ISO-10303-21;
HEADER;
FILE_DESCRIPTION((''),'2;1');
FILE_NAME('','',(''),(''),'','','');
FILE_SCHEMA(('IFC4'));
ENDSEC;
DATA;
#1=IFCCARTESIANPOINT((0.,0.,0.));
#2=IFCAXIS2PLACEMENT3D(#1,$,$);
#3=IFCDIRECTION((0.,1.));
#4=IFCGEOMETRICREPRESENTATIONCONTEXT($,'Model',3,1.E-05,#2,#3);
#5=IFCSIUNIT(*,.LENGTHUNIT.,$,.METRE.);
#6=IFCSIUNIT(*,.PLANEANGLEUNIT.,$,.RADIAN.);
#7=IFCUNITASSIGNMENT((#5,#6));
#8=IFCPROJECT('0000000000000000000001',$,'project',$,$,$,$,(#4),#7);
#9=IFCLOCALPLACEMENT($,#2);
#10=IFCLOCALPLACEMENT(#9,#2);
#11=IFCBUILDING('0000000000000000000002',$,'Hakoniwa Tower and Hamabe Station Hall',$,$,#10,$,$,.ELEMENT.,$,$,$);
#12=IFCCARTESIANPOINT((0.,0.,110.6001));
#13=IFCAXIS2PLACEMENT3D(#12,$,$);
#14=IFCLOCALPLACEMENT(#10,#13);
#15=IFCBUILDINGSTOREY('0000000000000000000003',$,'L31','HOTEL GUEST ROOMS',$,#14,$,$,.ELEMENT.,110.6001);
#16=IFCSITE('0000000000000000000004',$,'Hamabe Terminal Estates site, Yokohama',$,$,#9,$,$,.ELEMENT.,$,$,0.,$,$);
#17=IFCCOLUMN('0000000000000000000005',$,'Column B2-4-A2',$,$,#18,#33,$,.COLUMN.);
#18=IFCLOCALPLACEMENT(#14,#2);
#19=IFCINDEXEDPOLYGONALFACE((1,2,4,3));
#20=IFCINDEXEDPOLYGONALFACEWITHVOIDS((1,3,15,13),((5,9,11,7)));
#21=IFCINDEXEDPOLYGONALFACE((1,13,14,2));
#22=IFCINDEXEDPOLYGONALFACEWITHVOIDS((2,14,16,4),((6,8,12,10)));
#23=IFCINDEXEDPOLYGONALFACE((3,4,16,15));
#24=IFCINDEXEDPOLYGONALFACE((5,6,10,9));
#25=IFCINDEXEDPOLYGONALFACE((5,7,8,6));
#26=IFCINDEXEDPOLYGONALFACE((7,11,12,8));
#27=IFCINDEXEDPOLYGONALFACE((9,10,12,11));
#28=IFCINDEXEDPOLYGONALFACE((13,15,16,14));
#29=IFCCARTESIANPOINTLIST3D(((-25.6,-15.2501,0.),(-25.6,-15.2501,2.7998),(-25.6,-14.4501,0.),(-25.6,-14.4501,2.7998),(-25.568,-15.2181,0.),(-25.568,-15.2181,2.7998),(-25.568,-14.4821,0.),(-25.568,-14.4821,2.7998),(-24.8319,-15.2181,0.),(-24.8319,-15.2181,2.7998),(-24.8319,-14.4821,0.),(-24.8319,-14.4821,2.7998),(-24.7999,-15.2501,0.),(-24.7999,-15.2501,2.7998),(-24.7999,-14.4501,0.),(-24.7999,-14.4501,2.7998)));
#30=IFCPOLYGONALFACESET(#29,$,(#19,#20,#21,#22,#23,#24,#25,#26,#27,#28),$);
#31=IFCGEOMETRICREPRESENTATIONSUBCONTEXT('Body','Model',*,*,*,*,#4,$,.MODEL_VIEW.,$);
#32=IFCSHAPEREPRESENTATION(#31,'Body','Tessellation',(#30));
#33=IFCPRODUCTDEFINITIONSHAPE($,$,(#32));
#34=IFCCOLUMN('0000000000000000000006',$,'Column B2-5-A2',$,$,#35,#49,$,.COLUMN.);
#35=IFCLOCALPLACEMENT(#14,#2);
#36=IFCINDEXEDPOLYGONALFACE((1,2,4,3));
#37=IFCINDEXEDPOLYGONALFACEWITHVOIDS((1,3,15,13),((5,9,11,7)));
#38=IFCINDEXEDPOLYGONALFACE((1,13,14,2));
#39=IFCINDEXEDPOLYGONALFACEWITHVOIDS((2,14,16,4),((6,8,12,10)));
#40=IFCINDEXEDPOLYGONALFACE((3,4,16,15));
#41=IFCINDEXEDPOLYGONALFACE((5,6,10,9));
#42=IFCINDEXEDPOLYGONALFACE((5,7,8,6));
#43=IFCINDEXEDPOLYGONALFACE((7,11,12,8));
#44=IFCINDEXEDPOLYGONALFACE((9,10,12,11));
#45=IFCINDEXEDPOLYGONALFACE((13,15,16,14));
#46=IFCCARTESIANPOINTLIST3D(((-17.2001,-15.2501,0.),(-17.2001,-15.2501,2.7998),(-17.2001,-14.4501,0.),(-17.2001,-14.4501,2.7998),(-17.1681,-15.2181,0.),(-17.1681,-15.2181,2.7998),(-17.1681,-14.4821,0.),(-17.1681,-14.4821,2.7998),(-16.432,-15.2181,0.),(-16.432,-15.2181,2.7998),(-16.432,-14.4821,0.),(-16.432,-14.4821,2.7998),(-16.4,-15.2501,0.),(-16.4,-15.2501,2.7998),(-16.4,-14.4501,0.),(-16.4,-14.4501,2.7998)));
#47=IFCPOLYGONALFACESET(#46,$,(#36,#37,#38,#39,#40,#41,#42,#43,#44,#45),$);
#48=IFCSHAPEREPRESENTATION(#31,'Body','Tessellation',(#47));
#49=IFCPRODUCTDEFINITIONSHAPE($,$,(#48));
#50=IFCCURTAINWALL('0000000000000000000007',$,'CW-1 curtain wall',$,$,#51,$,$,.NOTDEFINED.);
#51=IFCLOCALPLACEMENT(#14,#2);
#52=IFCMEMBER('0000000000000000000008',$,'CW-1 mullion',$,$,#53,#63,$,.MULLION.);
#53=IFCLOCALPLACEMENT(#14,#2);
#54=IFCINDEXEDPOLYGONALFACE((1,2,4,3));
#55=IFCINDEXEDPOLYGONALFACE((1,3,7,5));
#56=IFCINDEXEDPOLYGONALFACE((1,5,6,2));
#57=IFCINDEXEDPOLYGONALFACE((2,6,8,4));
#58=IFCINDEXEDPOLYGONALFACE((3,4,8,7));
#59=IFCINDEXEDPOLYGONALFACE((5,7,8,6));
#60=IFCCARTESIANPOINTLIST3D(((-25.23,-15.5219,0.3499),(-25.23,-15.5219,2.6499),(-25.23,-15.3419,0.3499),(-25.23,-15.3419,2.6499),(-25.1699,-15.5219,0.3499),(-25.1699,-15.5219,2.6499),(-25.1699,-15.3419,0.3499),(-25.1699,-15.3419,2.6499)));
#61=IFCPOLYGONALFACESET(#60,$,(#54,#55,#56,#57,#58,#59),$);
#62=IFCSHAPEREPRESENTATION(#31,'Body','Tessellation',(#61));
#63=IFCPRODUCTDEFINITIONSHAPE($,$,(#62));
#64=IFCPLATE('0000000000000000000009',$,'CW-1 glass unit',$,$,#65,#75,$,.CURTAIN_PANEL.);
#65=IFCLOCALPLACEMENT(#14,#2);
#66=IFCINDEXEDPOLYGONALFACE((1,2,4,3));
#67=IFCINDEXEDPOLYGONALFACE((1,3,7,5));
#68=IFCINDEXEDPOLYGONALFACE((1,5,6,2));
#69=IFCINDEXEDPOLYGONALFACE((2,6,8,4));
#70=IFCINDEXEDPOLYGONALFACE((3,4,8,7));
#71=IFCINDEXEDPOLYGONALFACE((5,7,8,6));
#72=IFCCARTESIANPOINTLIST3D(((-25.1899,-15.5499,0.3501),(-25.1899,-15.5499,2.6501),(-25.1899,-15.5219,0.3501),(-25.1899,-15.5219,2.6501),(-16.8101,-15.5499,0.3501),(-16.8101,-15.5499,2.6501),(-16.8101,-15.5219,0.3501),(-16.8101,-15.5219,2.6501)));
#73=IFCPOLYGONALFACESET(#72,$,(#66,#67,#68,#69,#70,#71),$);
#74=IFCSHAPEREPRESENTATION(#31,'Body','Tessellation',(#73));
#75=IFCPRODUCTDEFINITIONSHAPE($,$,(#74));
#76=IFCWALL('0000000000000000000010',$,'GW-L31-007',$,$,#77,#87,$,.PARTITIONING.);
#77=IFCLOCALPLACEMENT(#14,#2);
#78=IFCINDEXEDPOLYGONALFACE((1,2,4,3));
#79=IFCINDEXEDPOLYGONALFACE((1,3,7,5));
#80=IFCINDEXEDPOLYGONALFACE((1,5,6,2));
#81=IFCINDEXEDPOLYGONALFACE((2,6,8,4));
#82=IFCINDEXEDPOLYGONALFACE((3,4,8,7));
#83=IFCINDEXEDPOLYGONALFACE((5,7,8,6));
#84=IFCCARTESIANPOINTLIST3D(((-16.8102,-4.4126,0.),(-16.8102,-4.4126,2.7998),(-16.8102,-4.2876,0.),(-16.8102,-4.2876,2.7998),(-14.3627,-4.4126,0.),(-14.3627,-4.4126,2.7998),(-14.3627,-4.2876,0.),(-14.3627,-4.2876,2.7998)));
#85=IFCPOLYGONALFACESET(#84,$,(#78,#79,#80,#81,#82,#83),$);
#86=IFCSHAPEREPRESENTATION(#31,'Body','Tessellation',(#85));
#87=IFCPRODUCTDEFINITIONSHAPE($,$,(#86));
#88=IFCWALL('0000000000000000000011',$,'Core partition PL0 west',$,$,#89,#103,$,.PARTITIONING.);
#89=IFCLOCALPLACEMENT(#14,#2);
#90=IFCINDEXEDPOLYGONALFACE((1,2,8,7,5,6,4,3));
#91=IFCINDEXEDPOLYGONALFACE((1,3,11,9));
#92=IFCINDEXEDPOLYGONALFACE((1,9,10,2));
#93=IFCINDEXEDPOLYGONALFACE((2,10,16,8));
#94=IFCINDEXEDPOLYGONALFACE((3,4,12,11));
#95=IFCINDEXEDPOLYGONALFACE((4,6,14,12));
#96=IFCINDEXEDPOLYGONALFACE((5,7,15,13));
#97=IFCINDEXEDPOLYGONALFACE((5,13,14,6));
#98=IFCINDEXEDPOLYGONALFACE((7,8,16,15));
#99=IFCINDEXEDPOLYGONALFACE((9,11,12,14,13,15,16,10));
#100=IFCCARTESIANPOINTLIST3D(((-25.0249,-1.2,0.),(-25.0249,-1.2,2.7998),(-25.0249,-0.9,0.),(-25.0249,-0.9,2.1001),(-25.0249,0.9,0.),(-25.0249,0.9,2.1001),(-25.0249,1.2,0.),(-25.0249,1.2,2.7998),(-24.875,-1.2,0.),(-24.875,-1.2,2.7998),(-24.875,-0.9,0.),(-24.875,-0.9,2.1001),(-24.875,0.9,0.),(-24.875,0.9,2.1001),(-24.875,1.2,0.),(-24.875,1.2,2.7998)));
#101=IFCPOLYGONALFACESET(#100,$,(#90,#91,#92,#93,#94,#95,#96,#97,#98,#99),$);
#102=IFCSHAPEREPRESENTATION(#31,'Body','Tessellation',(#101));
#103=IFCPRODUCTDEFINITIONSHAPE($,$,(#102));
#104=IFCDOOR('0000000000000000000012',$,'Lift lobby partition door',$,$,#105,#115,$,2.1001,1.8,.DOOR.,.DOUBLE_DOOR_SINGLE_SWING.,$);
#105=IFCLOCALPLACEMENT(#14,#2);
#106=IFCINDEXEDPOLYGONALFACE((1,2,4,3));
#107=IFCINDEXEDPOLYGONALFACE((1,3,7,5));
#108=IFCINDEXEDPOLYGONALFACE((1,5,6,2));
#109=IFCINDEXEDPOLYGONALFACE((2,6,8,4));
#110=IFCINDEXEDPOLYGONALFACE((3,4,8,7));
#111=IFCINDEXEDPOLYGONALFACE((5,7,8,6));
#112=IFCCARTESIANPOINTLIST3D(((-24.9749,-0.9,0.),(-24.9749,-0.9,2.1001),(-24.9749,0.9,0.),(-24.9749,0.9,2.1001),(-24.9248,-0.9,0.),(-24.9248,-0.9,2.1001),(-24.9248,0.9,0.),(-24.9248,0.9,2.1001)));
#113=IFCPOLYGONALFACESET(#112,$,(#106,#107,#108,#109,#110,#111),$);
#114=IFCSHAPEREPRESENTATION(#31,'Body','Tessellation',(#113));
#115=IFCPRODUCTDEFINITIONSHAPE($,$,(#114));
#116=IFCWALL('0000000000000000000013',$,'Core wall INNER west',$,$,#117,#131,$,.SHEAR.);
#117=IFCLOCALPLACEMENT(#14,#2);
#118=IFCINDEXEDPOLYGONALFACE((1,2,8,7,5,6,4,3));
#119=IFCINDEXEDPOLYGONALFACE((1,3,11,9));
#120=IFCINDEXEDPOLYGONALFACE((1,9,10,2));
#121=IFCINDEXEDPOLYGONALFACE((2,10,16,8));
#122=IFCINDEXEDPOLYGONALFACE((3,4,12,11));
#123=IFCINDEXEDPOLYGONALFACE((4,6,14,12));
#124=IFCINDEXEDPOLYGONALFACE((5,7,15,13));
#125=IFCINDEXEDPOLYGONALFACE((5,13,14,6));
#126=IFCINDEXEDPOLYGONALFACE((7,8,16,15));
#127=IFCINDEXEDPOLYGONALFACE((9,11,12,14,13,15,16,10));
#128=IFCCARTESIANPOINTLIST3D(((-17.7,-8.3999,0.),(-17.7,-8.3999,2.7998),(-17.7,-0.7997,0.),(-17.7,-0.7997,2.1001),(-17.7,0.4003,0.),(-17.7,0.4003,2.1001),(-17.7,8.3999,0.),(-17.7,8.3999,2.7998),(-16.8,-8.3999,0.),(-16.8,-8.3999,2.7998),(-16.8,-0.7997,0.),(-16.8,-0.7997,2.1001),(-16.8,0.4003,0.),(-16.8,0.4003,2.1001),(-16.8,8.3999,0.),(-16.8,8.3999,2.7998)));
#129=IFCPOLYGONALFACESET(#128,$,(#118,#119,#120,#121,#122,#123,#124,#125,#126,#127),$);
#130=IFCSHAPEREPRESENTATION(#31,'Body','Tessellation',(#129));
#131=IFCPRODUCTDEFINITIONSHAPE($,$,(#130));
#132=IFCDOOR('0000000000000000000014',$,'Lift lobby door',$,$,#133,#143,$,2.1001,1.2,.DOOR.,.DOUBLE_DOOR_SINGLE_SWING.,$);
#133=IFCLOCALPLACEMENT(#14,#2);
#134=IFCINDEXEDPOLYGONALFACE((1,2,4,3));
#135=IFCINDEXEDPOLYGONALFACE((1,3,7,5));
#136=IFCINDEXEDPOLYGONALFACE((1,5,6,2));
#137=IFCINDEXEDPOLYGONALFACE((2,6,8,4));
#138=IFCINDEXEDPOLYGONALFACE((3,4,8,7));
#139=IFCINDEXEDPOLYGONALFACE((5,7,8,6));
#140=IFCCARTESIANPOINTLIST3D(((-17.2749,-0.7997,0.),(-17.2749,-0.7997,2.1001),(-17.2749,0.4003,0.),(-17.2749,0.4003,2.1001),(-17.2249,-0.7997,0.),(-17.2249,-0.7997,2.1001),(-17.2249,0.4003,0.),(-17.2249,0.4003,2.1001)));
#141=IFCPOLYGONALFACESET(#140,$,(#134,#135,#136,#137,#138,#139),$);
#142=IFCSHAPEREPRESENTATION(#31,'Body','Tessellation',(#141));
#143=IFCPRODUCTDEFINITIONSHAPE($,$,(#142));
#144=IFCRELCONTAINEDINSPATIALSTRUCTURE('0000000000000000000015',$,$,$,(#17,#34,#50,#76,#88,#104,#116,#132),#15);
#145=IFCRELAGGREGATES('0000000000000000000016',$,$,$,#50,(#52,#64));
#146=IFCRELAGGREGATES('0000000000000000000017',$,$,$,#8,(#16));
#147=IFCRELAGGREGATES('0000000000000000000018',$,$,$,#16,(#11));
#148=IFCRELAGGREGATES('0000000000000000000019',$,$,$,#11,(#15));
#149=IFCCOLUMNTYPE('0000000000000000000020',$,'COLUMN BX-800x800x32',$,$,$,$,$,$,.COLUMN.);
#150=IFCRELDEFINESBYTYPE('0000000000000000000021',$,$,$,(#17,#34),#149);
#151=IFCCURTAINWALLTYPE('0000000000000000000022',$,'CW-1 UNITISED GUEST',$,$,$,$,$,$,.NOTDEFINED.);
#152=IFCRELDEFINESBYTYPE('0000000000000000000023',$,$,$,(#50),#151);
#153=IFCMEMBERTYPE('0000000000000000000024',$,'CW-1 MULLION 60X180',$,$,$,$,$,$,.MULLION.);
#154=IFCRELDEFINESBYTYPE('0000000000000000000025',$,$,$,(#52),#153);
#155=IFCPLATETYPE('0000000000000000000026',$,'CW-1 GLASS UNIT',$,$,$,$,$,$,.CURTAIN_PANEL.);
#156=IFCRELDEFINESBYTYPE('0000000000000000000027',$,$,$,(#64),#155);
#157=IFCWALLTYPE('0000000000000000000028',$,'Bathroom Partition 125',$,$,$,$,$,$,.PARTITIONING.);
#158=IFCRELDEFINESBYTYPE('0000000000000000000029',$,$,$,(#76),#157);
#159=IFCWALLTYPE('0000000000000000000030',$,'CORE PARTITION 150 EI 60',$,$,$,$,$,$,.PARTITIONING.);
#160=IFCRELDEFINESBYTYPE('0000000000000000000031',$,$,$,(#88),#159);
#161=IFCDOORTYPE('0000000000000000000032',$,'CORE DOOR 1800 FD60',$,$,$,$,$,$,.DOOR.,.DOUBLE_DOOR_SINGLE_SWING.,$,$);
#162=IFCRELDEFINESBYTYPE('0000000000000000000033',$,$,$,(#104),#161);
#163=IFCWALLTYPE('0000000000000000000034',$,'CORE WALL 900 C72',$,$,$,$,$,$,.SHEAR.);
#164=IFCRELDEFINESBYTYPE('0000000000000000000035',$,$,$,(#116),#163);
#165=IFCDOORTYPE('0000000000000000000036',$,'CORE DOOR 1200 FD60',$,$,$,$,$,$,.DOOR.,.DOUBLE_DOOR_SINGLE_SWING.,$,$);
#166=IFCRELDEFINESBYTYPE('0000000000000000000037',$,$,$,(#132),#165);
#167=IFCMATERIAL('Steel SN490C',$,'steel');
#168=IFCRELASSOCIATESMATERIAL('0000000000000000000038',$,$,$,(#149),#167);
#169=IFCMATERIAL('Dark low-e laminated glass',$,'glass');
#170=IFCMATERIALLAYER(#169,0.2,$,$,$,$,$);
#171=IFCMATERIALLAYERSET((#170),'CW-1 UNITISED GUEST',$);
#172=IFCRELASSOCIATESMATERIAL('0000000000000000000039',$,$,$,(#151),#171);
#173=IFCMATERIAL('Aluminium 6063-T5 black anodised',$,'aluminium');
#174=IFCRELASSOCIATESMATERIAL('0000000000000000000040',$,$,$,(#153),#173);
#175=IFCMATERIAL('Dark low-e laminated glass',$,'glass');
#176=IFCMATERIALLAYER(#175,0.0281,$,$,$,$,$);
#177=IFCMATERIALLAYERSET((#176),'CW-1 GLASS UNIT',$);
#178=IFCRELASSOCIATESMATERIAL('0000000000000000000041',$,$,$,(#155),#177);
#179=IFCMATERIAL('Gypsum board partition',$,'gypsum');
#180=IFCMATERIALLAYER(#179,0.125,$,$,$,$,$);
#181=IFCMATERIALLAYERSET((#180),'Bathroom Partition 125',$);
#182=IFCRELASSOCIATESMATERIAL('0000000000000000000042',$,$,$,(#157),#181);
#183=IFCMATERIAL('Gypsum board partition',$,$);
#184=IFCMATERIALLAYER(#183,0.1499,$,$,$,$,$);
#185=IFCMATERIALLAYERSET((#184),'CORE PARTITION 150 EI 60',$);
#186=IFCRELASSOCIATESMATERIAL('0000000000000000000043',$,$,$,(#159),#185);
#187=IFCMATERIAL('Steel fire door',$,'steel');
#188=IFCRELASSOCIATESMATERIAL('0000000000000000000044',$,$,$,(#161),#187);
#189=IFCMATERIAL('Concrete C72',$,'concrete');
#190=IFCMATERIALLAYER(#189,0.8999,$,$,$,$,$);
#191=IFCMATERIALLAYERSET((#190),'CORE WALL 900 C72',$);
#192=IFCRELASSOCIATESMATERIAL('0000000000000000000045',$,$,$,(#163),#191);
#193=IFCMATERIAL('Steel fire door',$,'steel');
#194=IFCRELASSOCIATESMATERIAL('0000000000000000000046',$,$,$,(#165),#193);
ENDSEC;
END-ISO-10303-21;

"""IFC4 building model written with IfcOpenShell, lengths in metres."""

from ifc_helpers import new_model, si_unit, direction, frame, frame_2d, origin, origin_2d, place, context, subcontext, project, spatial, rectangle, hollow_rectangle, extrude, material, layer, layer_set, material_profile, profile_set, type_object, element, fill, aggregate, save


model = new_model("IFC4")

# Units and contexts
model_context = context("Model", 3, precision=1e-05, world=origin(), true_north=direction((0.0, 1.0)))
body_context = subcontext(model_context, "Body", "Model", "MODEL_VIEW")
ifc_project = project(units=[si_unit("LENGTHUNIT", "METRE"), si_unit("PLANEANGLEUNIT", "RADIAN")], contexts=[model_context])

# Site, building, storey
site_placement = place(None, origin())
site = spatial("IfcSite", under=ifc_project, at=site_placement, Name="Hamabe Terminal Estates site, Yokohama", CompositionType="ELEMENT", RefElevation=0.0)
building_placement = place(site_placement, origin())
building = spatial("IfcBuilding", under=site, at=building_placement, Name="Hakoniwa Tower and Hamabe Station Hall", CompositionType="ELEMENT")
storey_placement = place(building_placement, frame((0.0, 0.0, 110.6001)))
storey = spatial("IfcBuildingStorey", under=building, at=storey_placement, Name="L31", Description="HOTEL GUEST ROOMS", CompositionType="ELEMENT", Elevation=110.6001)

# Columns
ifc_material_1 = material(Name="Steel SN490C", Category="steel")
ifc_material_profile_1 = material_profile(ifc_material_1, hollow_rectangle(XDim=0.8, YDim=0.8, WallThickness=0.032, at=origin_2d()), Name="BX-800x800x32")
ifc_profile_set_1 = profile_set([ifc_material_profile_1], Name="Steel SN490C")
column_type = type_object("IfcColumnType", Name="COLUMN BX-800x800x32", PredefinedType="COLUMN", material=ifc_profile_set_1)
for number, where, z_axis, x_axis, name in (
    (1, (-25.2, -14.8501, 0.0), (0.0, 0.0, 1.0), (1.0, 0.0, 0.0), "Column B2-4-A2"),
    (2, (-16.8, -14.8501, 0.0), (0.0, 0.0, 1.0), (1.0, 0.0, 0.0), "Column B2-5-A2"),
):
    element("IfcColumn", number, at=place(storey_placement, frame(where, z_axis=z_axis, x_axis=x_axis)), inside=storey, type_object=column_type, Name=name, PredefinedType="COLUMN", context=body_context, shape_type="SweptSolid", body=[
        extrude(hollow_rectangle(XDim=0.8, YDim=0.8, WallThickness=0.032, at=origin_2d()), origin(), (0.0, 0.0, 1.0), 2.7998),
    ])

# Curtain wall, member, plate
ifc_material_2 = material(Name="Dark low-e laminated glass", Category="glass")
ifc_layer_1 = layer(ifc_material_2, 0.2)
ifc_layer_set_1 = layer_set([ifc_layer_1], Name="CW-1 UNITISED GUEST")
curtain_wall_type = type_object("IfcCurtainWallType", Name="CW-1 UNITISED GUEST", PredefinedType="NOTDEFINED", material=ifc_layer_set_1)
curtain_wall_placement = place(storey_placement, origin())
curtain_wall = element("IfcCurtainWall", 3, at=curtain_wall_placement, inside=storey, type_object=curtain_wall_type, Name="CW-1 curtain wall", PredefinedType="NOTDEFINED")
ifc_material_3 = material(Name="Aluminium 6063-T5 black anodised", Category="aluminium")
ifc_material_profile_2 = material_profile(ifc_material_3, rectangle(XDim=0.0601, YDim=0.1799, at=origin_2d()), Name="CW-1 MULLION 60X180")
ifc_profile_set_2 = profile_set([ifc_material_profile_2], Name="Aluminium 6063-T5 black anodised")
member_type = type_object("IfcMemberType", Name="CW-1 MULLION 60X180", PredefinedType="MULLION", material=ifc_profile_set_2)
member_placement = place(storey_placement, frame((-25.2, -15.4319, 0.3499), z_axis=(0.0, 0.0, 1.0), x_axis=(1.0, 0.0, 0.0)))
member = element("IfcMember", 4, at=member_placement, type_object=member_type, Name="CW-1 mullion", PredefinedType="MULLION", context=body_context, shape_type="SweptSolid", body=[
    extrude(rectangle(XDim=0.0601, YDim=0.1799, at=origin_2d()), origin(), (0.0, 0.0, 1.0), 2.3),
])
ifc_material_4 = material(Name="Dark low-e laminated glass", Category="glass")
ifc_layer_2 = layer(ifc_material_4, 0.0281)
ifc_layer_set_2 = layer_set([ifc_layer_2], Name="CW-1 GLASS UNIT")
plate_type = type_object("IfcPlateType", Name="CW-1 GLASS UNIT", PredefinedType="CURTAIN_PANEL", material=ifc_layer_set_2)
plate_placement = place(storey_placement, frame((-21.0, -15.5359, 0.3501), z_axis=(0.0, 0.0, 1.0), x_axis=(1.0, 0.0, 0.0)))
plate = element("IfcPlate", 5, at=plate_placement, type_object=plate_type, Name="CW-1 glass unit", PredefinedType="CURTAIN_PANEL", context=body_context, shape_type="SweptSolid", body=[
    extrude(rectangle(XDim=8.3799, YDim=0.0281, at=origin_2d()), origin(), (0.0, 0.0, 1.0), 2.3),
])
aggregate(curtain_wall, [member, plate])

# Wall
ifc_material_5 = material(Name="Gypsum board partition", Category="gypsum")
ifc_layer_3 = layer(ifc_material_5, 0.125)
ifc_layer_set_3 = layer_set([ifc_layer_3], Name="Bathroom Partition 125")
wall_type_1 = type_object("IfcWallType", Name="Bathroom Partition 125", PredefinedType="PARTITIONING", material=ifc_layer_set_3)
wall_1_placement = place(storey_placement, frame((-16.8101, -4.3501, 0.0), z_axis=(0.0, 0.0, 1.0), x_axis=(1.0, 0.0, 0.0)))
element("IfcWall", 6, at=wall_1_placement, inside=storey, type_object=wall_type_1, Name="GW-L31-007", PredefinedType="PARTITIONING", context=body_context, shape_type="SweptSolid", body=[
    extrude(rectangle(XDim=2.4475, YDim=0.125, at=frame_2d((1.2236, 0.0))), origin(), (0.0, 0.0, 1.0), 2.7998),
])

# Walls, openings, doors
ifc_material_6 = material(Name="Gypsum board partition")
ifc_layer_4 = layer(ifc_material_6, 0.1499)
ifc_layer_set_4 = layer_set([ifc_layer_4], Name="CORE PARTITION 150 EI 60")
wall_type_2 = type_object("IfcWallType", Name="CORE PARTITION 150 EI 60", PredefinedType="PARTITIONING", material=ifc_layer_set_4)
wall_2_placement = place(storey_placement, frame((-24.95, -1.2, 0.0), z_axis=(0.0, 0.0, 1.0), x_axis=(0.0, 1.0, 0.0)))
wall_2 = element("IfcWall", 7, at=wall_2_placement, inside=storey, type_object=wall_type_2, Name="Core partition PL0 west", PredefinedType="PARTITIONING", context=body_context, shape_type="SweptSolid", body=[
    extrude(rectangle(XDim=2.3999, YDim=0.1499, at=frame_2d((1.2, 0.0))), origin(), (0.0, 0.0, 1.0), 2.7998),
])
opening_1_placement = place(wall_2_placement, frame((0.3, 0.0, 0.0)))
opening_1 = element("IfcOpeningElement", 8, at=opening_1_placement, cuts=wall_2, PredefinedType="OPENING", context=body_context, shape_type="SweptSolid", body=[
    extrude(rectangle(XDim=1.8, YDim=2.1001, at=frame_2d((0.8999, 1.05))), frame((0.0, 0.085, 0.0), z_axis=(0.0, -1.0, 0.0), x_axis=(1.0, 0.0, 0.0)), (0.0, 0.0, 1.0), 0.1699),
])
ifc_material_7 = material(Name="Steel fire door", Category="steel")
door_type_1 = type_object("IfcDoorType", Name="CORE DOOR 1800 FD60", OperationType="DOUBLE_DOOR_SINGLE_SWING", PredefinedType="DOOR", material=ifc_material_7)
door_1_placement = place(opening_1_placement, origin())
door_1 = element("IfcDoor", 9, at=door_1_placement, inside=storey, type_object=door_type_1, Name="Lift lobby partition door", OperationType="DOUBLE_DOOR_SINGLE_SWING", OverallHeight=2.1001, OverallWidth=1.8, PredefinedType="DOOR", context=body_context, shape_type="SweptSolid", body=[
    extrude(rectangle(XDim=1.8, YDim=2.1001, at=frame_2d((0.8999, 1.05))), frame((0.0, 0.0249, 0.0), z_axis=(0.0, -1.0, 0.0), x_axis=(1.0, 0.0, 0.0)), (0.0, 0.0, 1.0), 0.05),
])
fill(opening_1, door_1)
ifc_material_8 = material(Name="Concrete C72", Category="concrete")
ifc_layer_5 = layer(ifc_material_8, 0.8999)
ifc_layer_set_5 = layer_set([ifc_layer_5], Name="CORE WALL 900 C72")
wall_type_3 = type_object("IfcWallType", Name="CORE WALL 900 C72", PredefinedType="SHEAR", material=ifc_layer_set_5)
wall_3_placement = place(storey_placement, frame((-17.25, -8.3999, 0.0), z_axis=(0.0, 0.0, 1.0), x_axis=(0.0, 1.0, 0.0)))
wall_3 = element("IfcWall", 10, at=wall_3_placement, inside=storey, type_object=wall_type_3, Name="Core wall INNER west", PredefinedType="SHEAR", context=body_context, shape_type="SweptSolid", body=[
    extrude(rectangle(XDim=16.7998, YDim=0.8999, at=frame_2d((8.3999, 0.0))), origin(), (0.0, 0.0, 1.0), 2.7998),
])
opening_2_placement = place(wall_3_placement, frame((7.6001, 0.0, 0.0)))
opening_2 = element("IfcOpeningElement", 11, at=opening_2_placement, cuts=wall_3, PredefinedType="OPENING", context=body_context, shape_type="SweptSolid", body=[
    extrude(rectangle(XDim=1.2, YDim=2.1001, at=frame_2d((0.6001, 1.05))), frame((0.0, 0.46, 0.0), z_axis=(0.0, -1.0, 0.0), x_axis=(1.0, 0.0, 0.0)), (0.0, 0.0, 1.0), 0.9199),
])
ifc_material_9 = material(Name="Steel fire door", Category="steel")
door_type_2 = type_object("IfcDoorType", Name="CORE DOOR 1200 FD60", OperationType="DOUBLE_DOOR_SINGLE_SWING", PredefinedType="DOOR", material=ifc_material_9)
door_2_placement = place(opening_2_placement, origin())
door_2 = element("IfcDoor", 12, at=door_2_placement, inside=storey, type_object=door_type_2, Name="Lift lobby door", OperationType="DOUBLE_DOOR_SINGLE_SWING", OverallHeight=2.1001, OverallWidth=1.2, PredefinedType="DOOR", context=body_context, shape_type="SweptSolid", body=[
    extrude(rectangle(XDim=1.2, YDim=2.1001, at=frame_2d((0.6001, 1.05))), frame((0.0, 0.0249, 0.0), z_axis=(0.0, -1.0, 0.0), x_axis=(1.0, 0.0, 0.0)), (0.0, 0.0, 1.0), 0.05),
])
fill(opening_2, door_2)

save(model, "model.ifc")
